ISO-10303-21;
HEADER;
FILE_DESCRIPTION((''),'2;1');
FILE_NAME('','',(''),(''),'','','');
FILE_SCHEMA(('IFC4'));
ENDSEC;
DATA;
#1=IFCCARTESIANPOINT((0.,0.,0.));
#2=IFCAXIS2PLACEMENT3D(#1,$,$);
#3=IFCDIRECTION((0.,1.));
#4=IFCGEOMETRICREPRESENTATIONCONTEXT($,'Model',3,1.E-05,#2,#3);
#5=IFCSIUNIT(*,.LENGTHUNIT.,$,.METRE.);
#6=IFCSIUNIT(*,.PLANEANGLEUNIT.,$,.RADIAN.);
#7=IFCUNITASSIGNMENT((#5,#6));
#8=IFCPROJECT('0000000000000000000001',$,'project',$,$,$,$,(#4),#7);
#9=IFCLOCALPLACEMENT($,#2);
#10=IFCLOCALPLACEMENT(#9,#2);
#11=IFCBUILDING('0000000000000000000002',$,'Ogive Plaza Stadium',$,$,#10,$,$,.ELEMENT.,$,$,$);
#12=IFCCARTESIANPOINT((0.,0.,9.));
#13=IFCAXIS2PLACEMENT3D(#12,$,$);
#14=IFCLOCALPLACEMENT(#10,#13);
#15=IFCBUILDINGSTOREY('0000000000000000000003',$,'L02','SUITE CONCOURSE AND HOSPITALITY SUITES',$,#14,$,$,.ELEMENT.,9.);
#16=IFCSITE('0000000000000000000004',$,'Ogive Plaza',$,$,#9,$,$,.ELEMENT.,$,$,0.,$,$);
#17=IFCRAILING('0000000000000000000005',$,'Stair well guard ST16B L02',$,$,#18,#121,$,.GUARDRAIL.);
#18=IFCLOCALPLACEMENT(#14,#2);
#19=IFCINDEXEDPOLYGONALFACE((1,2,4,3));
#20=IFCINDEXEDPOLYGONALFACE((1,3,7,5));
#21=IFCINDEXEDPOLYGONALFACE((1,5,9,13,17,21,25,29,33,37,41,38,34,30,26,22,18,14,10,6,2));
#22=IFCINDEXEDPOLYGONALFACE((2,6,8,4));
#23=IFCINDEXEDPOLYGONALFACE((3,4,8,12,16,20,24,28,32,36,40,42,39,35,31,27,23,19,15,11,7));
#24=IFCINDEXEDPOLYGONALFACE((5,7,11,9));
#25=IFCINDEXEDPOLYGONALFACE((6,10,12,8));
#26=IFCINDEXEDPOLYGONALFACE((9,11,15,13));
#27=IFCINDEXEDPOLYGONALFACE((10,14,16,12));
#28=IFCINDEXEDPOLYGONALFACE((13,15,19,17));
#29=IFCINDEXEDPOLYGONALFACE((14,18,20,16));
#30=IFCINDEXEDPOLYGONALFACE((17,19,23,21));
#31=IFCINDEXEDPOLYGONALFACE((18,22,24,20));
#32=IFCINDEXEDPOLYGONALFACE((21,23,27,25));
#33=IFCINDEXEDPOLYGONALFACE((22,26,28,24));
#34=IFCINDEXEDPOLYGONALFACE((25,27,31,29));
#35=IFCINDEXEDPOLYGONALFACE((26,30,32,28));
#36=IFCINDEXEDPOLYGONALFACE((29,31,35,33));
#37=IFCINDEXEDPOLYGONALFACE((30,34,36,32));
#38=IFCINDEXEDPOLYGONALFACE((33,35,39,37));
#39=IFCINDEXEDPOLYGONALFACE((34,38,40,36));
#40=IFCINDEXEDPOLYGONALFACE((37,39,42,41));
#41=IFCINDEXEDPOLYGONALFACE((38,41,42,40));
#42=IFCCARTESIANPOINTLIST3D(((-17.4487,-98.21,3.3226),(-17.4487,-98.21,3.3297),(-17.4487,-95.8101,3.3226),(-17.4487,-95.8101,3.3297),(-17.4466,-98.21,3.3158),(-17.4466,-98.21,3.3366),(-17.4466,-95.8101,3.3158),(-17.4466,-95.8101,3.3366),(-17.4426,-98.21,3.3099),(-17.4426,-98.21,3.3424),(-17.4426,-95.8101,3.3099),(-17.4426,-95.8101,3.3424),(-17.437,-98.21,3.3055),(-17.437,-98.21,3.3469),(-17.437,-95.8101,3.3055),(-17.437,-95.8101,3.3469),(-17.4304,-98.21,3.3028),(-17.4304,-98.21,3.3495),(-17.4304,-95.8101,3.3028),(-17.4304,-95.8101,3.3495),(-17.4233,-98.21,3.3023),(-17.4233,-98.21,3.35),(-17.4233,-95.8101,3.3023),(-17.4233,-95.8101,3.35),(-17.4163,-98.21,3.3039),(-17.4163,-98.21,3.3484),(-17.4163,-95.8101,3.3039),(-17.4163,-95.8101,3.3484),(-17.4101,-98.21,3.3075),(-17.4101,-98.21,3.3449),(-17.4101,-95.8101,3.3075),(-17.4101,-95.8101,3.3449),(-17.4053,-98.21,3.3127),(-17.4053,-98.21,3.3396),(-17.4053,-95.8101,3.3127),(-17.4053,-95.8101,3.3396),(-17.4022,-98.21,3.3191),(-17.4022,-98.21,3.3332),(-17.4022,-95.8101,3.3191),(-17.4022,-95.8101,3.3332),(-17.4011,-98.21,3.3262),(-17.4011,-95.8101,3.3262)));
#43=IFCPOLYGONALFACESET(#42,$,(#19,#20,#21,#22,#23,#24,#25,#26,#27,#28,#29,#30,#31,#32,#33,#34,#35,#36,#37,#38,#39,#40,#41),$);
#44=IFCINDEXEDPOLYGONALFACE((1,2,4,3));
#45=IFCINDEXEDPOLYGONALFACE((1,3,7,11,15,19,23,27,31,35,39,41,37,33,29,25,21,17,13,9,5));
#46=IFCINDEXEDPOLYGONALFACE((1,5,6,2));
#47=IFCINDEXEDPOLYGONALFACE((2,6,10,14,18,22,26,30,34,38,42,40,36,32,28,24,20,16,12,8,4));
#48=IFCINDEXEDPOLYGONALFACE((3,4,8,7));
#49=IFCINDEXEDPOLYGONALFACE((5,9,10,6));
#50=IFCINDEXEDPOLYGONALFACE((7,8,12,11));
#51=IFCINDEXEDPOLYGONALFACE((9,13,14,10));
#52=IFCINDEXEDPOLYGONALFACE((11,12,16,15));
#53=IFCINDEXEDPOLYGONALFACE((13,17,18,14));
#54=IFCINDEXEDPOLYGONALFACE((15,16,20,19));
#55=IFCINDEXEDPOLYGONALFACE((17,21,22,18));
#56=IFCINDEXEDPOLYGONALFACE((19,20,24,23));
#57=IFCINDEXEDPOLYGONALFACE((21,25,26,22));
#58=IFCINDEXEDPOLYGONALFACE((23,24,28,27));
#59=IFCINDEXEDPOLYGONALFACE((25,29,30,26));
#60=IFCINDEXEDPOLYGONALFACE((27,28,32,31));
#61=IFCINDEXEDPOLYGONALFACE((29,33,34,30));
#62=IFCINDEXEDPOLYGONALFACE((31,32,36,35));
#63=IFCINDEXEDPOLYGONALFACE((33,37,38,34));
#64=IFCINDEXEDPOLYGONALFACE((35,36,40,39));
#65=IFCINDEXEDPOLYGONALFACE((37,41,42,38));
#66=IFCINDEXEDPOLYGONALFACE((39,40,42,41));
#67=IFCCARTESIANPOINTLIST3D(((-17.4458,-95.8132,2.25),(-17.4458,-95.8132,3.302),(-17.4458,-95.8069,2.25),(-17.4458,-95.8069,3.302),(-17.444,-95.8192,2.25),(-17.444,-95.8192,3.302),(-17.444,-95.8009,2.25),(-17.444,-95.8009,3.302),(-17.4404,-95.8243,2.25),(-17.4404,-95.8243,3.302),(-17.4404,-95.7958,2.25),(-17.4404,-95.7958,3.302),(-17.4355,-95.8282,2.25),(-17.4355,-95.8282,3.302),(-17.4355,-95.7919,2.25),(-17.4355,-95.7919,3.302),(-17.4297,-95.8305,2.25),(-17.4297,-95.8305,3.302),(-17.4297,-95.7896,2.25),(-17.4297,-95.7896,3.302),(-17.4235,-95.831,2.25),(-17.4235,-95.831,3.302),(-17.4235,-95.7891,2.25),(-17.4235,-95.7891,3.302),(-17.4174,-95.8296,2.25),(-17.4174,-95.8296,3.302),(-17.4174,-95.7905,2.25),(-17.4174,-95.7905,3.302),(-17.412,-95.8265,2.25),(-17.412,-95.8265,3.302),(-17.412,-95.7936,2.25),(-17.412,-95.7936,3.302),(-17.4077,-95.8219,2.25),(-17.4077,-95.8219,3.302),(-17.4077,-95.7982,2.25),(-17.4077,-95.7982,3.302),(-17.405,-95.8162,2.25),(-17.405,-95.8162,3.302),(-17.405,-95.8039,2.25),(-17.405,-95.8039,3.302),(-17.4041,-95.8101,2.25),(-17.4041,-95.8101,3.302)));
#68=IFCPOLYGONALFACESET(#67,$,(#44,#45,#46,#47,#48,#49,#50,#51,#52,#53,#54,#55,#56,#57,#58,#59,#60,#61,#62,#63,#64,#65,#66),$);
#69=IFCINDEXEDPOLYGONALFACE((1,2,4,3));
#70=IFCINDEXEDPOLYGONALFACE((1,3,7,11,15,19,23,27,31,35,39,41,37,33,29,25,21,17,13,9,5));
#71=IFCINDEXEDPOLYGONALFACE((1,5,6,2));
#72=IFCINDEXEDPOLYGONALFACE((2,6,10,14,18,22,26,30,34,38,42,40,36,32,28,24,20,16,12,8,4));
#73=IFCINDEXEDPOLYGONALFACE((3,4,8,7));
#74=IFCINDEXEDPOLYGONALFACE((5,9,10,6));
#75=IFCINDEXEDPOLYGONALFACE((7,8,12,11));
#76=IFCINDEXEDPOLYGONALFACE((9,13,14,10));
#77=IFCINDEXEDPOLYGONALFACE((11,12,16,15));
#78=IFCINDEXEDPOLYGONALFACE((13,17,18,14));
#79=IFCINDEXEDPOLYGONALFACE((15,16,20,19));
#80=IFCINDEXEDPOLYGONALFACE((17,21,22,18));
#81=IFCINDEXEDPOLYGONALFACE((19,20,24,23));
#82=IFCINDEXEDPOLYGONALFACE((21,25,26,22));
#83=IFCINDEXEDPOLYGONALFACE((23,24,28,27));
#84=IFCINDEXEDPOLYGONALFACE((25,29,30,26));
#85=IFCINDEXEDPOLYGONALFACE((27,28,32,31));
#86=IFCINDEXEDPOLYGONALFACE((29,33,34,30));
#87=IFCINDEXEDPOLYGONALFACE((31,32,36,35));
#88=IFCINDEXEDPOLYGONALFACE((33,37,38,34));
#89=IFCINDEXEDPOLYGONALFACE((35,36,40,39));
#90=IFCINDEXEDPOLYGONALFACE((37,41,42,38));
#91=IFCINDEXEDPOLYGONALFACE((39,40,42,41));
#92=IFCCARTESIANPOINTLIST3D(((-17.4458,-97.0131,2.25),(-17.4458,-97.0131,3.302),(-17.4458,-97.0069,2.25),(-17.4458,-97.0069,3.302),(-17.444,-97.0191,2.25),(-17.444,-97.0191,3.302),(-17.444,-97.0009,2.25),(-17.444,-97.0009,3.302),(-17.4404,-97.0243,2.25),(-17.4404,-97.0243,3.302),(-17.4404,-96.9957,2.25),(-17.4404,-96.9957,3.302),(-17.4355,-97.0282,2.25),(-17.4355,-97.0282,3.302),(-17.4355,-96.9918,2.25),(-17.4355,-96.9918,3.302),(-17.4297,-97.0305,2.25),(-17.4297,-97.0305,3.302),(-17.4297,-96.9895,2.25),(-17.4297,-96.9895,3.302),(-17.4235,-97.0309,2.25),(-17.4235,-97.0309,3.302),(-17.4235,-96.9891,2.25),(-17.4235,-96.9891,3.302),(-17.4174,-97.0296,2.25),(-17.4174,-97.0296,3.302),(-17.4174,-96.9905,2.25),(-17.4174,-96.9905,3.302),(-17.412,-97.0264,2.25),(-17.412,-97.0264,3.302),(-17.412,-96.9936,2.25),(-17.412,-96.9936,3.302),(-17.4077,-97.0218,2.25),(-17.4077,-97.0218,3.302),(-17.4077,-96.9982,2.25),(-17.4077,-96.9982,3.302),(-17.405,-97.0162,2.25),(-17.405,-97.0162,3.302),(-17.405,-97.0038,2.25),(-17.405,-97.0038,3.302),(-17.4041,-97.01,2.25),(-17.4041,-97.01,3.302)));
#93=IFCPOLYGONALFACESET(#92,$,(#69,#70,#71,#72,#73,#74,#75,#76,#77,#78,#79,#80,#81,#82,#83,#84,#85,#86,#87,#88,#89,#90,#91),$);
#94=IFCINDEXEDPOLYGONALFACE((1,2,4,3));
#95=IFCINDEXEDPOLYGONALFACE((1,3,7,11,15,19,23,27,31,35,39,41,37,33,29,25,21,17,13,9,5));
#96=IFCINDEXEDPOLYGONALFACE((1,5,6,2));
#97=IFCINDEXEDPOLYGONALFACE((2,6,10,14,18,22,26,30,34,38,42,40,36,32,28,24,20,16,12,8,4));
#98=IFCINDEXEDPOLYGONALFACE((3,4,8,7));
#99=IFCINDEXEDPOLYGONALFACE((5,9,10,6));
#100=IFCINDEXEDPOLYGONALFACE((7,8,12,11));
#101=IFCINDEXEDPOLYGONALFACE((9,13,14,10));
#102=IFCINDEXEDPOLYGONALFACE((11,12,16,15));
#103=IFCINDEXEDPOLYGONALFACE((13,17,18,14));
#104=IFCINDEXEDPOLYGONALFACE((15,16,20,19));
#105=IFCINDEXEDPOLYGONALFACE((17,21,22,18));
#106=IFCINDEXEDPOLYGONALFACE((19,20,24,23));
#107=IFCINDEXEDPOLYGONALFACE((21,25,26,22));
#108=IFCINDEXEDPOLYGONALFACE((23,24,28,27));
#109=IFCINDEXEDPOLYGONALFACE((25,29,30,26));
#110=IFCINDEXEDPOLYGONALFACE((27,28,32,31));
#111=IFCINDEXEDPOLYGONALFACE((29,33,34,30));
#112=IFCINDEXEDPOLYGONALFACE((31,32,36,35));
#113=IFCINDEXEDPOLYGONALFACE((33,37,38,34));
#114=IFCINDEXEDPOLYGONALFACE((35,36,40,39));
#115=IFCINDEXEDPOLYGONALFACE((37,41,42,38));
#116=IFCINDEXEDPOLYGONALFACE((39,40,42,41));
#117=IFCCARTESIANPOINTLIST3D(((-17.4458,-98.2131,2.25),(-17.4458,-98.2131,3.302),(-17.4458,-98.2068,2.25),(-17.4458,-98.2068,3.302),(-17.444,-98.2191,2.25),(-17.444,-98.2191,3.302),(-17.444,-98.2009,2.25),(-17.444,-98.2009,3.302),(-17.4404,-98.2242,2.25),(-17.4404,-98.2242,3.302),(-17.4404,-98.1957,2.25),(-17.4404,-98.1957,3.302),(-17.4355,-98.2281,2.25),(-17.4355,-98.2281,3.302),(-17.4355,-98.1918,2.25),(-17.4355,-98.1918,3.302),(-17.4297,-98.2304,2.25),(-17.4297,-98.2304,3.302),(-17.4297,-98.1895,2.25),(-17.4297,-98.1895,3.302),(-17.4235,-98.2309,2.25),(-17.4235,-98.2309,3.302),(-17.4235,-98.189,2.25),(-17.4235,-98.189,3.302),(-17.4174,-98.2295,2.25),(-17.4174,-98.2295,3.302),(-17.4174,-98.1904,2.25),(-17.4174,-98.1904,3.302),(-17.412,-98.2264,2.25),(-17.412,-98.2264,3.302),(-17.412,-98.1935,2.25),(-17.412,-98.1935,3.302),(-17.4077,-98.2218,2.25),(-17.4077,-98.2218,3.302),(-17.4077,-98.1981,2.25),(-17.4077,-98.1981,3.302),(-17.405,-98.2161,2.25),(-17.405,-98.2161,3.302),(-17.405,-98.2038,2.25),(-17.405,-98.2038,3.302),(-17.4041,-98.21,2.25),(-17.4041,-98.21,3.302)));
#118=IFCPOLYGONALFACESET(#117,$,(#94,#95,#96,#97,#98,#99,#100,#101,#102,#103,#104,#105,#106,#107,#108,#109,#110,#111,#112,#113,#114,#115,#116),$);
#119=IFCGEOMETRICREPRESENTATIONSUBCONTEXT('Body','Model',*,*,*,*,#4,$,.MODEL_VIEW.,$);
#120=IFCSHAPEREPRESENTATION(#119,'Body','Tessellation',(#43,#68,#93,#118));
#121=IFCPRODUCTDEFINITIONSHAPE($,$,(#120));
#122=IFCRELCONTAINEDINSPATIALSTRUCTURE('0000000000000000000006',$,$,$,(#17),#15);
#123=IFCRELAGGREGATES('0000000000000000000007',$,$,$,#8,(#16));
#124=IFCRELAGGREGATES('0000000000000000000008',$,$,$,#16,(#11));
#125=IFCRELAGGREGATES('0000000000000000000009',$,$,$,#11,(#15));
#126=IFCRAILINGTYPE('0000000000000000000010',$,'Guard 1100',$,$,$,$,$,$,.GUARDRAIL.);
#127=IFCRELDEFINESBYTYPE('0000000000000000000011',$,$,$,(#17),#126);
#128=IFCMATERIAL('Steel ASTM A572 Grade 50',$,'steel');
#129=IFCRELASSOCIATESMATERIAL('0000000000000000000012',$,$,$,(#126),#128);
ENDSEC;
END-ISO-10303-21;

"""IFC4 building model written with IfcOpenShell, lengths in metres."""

from ifc_helpers import new_model, si_unit, direction, frame, origin, origin_2d, place, context, subcontext, project, spatial, circle, extrude, material, type_object, element, save


model = new_model("IFC4")

# Units and contexts
model_context = context("Model", 3, precision=1e-05, world=origin(), true_north=direction((0.0, 1.0)))
body_context = subcontext(model_context, "Body", "Model", "MODEL_VIEW")
ifc_project = project(units=[si_unit("LENGTHUNIT", "METRE"), si_unit("PLANEANGLEUNIT", "RADIAN")], contexts=[model_context])

# Site, building, storey
site_placement = place(None, origin())
site = spatial("IfcSite", under=ifc_project, at=site_placement, Name="Ogive Plaza", CompositionType="ELEMENT", RefElevation=0.0)
building_placement = place(site_placement, origin())
building = spatial("IfcBuilding", under=site, at=building_placement, Name="Ogive Plaza Stadium", CompositionType="ELEMENT")
storey_placement = place(building_placement, frame((0.0, 0.0, 9.0)))
storey = spatial("IfcBuildingStorey", under=building, at=storey_placement, Name="L02", Description="SUITE CONCOURSE AND HOSPITALITY SUITES", CompositionType="ELEMENT", Elevation=9.0)

# Railing
ifc_material_1 = material(Name="Steel ASTM A572 Grade 50", Category="steel")
railing_type_1 = type_object("IfcRailingType", Name="Guard 1100", PredefinedType="GUARDRAIL", material=ifc_material_1)
railing_placement = place(storey_placement, frame((-17.425, -95.8101, 2.25)))
element("IfcRailing", 1, at=railing_placement, inside=storey, type_object=railing_type_1, Name="Stair well guard ST16B L02", PredefinedType="GUARDRAIL", context=body_context, shape_type="SweptSolid", body=[
    extrude(circle(Radius=0.0239, at=origin_2d()), frame((0.0, 0.0, 1.0762), z_axis=(0.0, -1.0, 0.0), x_axis=(1.0, 0.0, 0.0)), (0.0, 0.0, 1.0), 2.3999),
    extrude(circle(Radius=0.021, at=origin_2d()), origin(), (0.0, 0.0, 1.0), 1.052),
    extrude(circle(Radius=0.021, at=origin_2d()), frame((0.0, -1.2, 0.0)), (0.0, 0.0, 1.0), 1.052),
    extrude(circle(Radius=0.021, at=origin_2d()), frame((0.0, -2.3999, 0.0)), (0.0, 0.0, 1.0), 1.052),
])

save(model, "model.ifc")
